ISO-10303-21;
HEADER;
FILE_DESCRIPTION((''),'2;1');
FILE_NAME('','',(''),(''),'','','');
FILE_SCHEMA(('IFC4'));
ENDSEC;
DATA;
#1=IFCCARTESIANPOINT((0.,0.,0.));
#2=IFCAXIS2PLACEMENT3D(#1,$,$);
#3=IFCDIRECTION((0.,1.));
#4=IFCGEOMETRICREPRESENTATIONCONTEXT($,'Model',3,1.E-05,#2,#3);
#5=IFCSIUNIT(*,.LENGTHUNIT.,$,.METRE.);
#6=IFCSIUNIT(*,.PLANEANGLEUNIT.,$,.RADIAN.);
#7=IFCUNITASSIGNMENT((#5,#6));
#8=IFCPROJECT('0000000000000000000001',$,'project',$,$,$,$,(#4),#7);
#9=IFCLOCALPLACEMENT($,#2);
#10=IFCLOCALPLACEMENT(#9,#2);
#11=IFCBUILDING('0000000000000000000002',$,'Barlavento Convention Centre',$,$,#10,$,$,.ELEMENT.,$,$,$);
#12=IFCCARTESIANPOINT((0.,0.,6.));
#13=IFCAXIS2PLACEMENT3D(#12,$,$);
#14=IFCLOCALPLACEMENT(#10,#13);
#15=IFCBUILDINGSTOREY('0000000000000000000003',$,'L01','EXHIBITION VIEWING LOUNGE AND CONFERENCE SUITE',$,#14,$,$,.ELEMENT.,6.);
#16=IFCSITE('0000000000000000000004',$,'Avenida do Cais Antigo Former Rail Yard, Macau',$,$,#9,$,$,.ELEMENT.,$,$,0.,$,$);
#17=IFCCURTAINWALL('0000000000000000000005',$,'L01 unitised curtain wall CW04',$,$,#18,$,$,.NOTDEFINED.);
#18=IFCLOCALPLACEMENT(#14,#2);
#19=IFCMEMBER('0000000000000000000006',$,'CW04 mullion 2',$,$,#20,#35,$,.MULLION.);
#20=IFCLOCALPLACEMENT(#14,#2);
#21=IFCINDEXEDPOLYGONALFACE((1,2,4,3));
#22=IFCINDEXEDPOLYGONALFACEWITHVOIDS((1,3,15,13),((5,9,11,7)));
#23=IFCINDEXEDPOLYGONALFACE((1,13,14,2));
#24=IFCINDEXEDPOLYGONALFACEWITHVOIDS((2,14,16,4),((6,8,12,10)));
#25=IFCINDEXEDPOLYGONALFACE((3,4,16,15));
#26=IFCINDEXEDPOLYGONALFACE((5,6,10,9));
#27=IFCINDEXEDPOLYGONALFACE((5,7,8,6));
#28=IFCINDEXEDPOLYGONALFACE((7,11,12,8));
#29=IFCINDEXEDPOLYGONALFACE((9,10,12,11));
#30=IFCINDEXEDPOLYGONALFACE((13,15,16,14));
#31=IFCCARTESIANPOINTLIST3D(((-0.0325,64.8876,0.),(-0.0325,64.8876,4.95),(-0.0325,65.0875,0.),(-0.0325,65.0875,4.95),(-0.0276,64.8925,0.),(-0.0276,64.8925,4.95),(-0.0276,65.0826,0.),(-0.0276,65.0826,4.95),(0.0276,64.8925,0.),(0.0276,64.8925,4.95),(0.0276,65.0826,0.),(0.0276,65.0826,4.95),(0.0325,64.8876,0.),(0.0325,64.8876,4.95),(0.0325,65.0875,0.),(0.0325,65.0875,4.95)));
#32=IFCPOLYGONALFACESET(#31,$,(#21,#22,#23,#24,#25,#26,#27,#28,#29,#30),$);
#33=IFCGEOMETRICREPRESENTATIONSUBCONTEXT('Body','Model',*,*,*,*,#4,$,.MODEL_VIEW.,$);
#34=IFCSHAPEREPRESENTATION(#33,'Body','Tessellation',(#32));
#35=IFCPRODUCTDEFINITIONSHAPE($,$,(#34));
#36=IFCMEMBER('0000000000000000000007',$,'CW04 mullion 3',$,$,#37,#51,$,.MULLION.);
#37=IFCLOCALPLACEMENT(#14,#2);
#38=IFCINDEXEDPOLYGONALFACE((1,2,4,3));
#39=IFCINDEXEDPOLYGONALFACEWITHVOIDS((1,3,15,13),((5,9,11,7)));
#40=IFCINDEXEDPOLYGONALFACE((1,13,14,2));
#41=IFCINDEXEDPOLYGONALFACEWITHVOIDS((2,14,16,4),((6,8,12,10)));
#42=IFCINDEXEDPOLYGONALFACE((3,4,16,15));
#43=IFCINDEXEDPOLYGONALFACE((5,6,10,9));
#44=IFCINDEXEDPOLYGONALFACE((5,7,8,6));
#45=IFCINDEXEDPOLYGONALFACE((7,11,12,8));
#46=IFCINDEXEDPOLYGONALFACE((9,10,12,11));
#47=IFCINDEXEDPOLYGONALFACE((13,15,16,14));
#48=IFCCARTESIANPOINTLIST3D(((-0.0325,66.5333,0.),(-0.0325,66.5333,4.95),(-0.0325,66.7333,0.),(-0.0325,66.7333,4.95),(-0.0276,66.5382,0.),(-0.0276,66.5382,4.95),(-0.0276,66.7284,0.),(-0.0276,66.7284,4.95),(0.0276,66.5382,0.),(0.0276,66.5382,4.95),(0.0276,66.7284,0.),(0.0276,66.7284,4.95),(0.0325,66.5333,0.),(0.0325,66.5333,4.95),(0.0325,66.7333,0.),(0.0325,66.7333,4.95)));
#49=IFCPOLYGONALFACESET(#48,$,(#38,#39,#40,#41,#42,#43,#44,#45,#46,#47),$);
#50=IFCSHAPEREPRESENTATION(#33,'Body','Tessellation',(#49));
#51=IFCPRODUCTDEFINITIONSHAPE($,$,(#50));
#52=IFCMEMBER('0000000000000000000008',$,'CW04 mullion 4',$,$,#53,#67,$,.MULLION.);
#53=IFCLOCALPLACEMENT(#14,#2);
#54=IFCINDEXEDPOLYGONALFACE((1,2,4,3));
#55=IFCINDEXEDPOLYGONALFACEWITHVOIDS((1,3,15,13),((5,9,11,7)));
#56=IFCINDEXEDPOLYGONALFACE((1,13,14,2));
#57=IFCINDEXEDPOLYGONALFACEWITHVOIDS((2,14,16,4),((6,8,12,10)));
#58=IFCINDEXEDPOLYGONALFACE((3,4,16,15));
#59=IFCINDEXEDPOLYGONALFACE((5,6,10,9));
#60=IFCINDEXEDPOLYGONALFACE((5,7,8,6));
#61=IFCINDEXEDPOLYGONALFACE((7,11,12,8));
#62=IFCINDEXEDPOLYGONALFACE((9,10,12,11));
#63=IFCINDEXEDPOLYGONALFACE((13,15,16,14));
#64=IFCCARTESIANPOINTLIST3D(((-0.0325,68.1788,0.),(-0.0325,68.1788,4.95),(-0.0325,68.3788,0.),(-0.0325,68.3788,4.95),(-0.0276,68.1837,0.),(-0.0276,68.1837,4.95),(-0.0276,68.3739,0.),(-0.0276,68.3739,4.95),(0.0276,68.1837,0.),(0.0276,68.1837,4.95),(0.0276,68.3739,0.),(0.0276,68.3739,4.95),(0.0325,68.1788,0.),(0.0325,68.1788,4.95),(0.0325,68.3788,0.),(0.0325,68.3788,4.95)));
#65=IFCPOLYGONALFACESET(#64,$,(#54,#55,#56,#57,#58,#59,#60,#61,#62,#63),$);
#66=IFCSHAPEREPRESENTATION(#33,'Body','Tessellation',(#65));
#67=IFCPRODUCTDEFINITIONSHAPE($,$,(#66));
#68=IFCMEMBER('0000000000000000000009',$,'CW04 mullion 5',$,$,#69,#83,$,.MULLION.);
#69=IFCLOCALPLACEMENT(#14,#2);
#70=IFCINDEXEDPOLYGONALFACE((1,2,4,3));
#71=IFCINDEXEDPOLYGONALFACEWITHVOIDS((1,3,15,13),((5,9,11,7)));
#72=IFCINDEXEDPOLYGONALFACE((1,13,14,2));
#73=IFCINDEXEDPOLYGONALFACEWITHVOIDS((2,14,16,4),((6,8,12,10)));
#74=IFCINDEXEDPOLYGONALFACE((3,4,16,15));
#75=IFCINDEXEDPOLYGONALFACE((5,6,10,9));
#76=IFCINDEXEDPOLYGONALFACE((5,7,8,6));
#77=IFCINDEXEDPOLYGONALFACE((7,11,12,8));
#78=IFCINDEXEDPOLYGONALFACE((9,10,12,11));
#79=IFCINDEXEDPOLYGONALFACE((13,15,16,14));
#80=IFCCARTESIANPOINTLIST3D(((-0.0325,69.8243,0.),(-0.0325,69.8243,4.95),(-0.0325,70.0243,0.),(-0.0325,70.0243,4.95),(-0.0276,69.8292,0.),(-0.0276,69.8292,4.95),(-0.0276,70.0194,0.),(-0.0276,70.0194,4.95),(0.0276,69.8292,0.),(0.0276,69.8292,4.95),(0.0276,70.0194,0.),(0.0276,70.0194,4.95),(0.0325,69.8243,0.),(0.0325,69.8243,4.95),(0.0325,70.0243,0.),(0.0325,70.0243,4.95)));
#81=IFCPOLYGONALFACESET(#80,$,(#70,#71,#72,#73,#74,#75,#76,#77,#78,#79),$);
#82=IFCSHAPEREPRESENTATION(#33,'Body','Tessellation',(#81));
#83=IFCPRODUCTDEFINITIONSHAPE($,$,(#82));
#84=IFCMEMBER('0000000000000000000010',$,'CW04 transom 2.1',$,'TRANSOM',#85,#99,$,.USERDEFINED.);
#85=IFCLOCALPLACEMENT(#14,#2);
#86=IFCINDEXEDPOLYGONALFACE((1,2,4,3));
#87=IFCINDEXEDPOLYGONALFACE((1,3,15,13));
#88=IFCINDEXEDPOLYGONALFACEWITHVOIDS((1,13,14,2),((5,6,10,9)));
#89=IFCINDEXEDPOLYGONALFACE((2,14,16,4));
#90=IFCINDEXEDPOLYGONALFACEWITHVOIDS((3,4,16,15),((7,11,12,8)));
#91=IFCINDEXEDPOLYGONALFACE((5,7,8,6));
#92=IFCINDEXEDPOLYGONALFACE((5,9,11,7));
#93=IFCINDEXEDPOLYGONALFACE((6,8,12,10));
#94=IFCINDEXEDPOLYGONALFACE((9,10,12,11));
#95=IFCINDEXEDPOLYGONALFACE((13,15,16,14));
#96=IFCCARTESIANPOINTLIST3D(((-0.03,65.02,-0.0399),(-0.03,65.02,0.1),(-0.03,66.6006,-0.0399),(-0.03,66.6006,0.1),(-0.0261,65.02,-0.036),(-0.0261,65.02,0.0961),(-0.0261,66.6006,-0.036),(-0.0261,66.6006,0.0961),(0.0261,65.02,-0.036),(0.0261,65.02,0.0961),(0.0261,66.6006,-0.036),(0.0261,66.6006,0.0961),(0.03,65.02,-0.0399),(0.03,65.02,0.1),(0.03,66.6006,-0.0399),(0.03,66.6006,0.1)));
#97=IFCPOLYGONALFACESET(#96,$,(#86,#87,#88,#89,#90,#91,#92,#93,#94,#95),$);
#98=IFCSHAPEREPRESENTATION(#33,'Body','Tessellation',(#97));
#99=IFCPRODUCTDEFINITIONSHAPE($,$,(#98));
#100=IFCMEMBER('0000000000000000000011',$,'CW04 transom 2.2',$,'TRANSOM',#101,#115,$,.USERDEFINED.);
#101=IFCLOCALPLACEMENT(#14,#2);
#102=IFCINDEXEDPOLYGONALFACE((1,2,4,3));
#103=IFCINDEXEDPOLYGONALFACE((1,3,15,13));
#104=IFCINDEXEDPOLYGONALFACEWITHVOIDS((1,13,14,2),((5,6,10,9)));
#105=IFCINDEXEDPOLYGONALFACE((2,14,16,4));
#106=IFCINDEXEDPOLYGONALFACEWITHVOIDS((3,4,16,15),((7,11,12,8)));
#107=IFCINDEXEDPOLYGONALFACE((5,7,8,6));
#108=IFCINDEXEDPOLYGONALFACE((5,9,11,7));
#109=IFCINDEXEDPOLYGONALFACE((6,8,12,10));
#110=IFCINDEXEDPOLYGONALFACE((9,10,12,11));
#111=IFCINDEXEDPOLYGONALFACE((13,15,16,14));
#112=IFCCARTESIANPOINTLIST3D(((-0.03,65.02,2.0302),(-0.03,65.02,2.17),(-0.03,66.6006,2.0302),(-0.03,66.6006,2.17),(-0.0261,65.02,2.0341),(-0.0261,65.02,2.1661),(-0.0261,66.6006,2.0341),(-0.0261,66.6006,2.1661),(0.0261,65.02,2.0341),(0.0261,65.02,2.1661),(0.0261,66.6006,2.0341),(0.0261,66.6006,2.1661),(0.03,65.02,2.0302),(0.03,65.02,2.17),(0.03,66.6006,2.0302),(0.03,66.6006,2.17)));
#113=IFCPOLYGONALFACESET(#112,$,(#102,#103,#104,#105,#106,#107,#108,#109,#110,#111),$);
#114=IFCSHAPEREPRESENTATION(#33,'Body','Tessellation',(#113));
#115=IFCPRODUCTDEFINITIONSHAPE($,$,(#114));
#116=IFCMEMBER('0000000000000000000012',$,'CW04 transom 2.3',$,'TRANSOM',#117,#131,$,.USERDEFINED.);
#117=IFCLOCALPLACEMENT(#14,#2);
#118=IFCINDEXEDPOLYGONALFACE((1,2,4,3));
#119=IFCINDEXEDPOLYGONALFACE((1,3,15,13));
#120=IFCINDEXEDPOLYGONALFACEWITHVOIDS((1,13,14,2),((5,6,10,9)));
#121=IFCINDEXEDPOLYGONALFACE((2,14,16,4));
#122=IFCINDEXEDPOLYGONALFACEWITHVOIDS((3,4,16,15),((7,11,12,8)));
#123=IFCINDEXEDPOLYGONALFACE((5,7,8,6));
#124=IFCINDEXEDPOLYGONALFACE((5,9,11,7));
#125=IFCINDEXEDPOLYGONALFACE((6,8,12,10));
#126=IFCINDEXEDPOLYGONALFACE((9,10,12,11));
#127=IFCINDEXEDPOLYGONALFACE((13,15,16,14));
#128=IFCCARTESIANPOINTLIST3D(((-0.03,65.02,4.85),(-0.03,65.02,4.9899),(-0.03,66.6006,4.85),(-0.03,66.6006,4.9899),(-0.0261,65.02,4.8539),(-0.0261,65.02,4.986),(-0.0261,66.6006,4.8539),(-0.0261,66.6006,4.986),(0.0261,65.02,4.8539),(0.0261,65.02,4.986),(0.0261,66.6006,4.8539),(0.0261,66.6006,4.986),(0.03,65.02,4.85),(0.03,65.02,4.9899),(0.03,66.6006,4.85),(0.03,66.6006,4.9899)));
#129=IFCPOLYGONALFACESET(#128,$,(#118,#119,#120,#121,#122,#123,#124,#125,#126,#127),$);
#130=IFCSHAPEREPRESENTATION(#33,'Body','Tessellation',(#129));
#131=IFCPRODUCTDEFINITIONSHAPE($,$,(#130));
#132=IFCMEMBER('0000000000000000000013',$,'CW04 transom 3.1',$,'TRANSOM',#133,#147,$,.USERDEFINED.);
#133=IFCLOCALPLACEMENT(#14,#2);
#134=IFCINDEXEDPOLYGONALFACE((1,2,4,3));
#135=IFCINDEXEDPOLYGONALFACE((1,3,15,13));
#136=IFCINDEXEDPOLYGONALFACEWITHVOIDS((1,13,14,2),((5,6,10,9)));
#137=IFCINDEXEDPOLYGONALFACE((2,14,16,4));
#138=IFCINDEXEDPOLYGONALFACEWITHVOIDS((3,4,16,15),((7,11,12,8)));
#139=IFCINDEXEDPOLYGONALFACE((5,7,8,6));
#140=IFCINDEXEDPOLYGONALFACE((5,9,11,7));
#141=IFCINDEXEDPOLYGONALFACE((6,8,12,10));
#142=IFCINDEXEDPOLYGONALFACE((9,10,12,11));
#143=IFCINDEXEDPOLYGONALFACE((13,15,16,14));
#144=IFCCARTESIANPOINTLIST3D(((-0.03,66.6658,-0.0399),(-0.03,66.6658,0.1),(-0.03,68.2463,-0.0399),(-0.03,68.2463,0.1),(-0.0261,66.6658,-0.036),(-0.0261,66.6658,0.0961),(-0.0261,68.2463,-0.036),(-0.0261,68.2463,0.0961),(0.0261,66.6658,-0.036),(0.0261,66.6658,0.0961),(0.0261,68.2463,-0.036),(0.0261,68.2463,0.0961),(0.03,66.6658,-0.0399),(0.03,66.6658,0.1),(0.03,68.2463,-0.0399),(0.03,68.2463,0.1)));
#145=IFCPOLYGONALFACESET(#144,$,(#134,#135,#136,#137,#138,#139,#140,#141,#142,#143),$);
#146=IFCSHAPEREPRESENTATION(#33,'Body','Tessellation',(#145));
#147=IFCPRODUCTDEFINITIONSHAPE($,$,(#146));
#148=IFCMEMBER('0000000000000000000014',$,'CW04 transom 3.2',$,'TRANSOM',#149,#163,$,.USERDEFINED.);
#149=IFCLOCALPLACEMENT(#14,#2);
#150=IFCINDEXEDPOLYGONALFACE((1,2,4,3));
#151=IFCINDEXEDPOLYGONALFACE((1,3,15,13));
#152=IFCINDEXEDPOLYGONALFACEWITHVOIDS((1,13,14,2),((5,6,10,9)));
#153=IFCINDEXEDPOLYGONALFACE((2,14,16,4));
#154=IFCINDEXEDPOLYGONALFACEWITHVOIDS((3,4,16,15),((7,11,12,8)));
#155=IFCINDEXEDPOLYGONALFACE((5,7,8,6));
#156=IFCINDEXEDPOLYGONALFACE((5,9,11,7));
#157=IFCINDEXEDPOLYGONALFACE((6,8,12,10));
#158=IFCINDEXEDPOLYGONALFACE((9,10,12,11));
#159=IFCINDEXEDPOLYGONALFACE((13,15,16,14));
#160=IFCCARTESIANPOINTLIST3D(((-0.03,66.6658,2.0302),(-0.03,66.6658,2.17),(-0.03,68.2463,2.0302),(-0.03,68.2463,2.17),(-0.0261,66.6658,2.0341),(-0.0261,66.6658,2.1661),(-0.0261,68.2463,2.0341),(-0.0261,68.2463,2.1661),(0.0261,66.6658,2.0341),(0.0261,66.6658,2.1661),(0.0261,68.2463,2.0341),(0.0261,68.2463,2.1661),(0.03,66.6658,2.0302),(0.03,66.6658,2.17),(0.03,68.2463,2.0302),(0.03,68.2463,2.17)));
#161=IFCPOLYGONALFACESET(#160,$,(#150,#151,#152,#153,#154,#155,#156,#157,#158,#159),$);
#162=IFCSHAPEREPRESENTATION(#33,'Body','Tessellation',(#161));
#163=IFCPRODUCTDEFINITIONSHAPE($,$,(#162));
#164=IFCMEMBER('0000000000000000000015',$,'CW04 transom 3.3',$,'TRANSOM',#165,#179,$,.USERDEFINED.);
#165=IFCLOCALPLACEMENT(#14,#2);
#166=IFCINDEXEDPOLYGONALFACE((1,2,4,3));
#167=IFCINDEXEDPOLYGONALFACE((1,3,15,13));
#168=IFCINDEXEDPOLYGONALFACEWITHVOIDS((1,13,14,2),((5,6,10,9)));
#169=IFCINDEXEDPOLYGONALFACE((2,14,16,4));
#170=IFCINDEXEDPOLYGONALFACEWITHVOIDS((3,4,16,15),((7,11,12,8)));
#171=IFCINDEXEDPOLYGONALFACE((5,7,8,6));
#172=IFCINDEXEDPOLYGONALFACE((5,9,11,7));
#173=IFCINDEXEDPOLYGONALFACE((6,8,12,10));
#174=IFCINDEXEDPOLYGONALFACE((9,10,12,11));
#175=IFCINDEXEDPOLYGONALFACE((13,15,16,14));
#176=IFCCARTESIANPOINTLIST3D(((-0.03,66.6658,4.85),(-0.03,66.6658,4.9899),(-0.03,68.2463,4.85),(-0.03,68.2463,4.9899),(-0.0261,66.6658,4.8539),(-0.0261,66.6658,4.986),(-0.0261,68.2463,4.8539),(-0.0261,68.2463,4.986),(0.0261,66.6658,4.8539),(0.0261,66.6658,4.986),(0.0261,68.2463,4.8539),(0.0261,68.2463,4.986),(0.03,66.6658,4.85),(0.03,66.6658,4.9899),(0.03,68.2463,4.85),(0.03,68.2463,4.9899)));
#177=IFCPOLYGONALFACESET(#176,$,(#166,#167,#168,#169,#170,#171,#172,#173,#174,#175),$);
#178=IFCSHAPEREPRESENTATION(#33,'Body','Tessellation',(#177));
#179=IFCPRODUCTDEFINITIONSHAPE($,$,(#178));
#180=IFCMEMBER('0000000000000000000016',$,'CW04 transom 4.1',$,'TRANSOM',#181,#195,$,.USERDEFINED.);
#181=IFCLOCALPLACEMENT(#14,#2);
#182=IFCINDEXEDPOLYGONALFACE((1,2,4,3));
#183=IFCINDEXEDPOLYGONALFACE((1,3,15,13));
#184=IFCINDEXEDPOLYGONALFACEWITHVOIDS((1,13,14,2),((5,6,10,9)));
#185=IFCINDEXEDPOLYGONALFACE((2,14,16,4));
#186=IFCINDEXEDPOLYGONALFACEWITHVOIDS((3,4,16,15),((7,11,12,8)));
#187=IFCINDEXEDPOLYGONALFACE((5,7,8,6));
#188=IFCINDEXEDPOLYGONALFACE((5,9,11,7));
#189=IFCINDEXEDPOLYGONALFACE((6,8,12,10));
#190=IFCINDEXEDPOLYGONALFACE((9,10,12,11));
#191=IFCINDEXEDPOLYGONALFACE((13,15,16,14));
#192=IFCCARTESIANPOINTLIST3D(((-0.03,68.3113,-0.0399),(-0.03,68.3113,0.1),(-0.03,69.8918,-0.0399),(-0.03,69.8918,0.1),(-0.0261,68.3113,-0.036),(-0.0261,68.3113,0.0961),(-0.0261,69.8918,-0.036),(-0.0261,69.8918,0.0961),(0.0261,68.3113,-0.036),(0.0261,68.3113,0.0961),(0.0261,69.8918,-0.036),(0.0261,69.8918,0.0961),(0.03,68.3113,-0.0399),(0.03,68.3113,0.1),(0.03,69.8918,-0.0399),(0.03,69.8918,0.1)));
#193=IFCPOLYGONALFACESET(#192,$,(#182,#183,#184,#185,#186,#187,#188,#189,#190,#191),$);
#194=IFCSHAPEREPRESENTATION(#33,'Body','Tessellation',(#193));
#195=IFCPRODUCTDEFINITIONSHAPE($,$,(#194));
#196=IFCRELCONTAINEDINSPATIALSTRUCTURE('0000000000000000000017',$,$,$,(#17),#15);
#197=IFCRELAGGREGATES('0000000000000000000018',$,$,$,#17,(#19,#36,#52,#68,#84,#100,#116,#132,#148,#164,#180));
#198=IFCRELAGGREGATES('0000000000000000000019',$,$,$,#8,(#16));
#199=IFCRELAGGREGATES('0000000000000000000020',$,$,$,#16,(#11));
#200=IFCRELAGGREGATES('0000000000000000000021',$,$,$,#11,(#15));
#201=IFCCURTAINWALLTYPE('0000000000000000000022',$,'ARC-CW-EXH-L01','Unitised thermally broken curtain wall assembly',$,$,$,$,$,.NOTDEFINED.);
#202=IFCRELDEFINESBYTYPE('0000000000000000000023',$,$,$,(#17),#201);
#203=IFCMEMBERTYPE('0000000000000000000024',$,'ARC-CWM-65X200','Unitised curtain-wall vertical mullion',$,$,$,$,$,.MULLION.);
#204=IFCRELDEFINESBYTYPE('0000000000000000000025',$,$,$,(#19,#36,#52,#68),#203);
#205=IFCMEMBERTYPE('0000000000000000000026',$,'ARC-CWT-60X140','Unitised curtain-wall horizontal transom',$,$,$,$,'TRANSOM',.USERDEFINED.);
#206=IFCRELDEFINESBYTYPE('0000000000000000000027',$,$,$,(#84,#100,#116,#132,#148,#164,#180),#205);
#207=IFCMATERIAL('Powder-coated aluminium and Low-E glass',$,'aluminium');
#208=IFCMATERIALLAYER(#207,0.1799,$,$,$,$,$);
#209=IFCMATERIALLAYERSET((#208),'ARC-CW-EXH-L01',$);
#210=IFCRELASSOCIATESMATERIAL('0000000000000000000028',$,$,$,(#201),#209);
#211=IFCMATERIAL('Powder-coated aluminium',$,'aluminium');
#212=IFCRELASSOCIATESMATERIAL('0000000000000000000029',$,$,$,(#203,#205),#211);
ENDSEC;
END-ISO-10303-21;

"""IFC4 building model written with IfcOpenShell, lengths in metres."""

from ifc_helpers import new_model, si_unit, direction, frame, origin, origin_2d, place, context, subcontext, project, spatial, hollow_rectangle, extrude, material, layer, layer_set, material_profile, profile_set, type_object, element, aggregate, save


model = new_model("IFC4")

# Units and contexts
model_context = context("Model", 3, precision=1e-05, world=origin(), true_north=direction((0.0, 1.0)))
body_context = subcontext(model_context, "Body", "Model", "MODEL_VIEW")
ifc_project = project(units=[si_unit("LENGTHUNIT", "METRE"), si_unit("PLANEANGLEUNIT", "RADIAN")], contexts=[model_context])

# Site, building, storey
site_placement = place(None, origin())
site = spatial("IfcSite", under=ifc_project, at=site_placement, Name="Avenida do Cais Antigo Former Rail Yard, Macau", CompositionType="ELEMENT", RefElevation=0.0)
building_placement = place(site_placement, origin())
building = spatial("IfcBuilding", under=site, at=building_placement, Name="Barlavento Convention Centre", CompositionType="ELEMENT")
storey_placement = place(building_placement, frame((0.0, 0.0, 6.0)))
storey = spatial("IfcBuildingStorey", under=building, at=storey_placement, Name="L01", Description="EXHIBITION VIEWING LOUNGE AND CONFERENCE SUITE", CompositionType="ELEMENT", Elevation=6.0)

# Curtain wall, members
ifc_material_1 = material(Name="Powder-coated aluminium and Low-E glass", Category="aluminium")
ifc_layer_1 = layer(ifc_material_1, 0.1799)
ifc_layer_set_1 = layer_set([ifc_layer_1], Name="ARC-CW-EXH-L01")
curtain_wall_type = type_object("IfcCurtainWallType", Name="ARC-CW-EXH-L01", Description="Unitised thermally broken curtain wall assembly", PredefinedType="NOTDEFINED", material=ifc_layer_set_1)
curtain_wall_placement = place(storey_placement, origin())
curtain_wall = element("IfcCurtainWall", 1, at=curtain_wall_placement, inside=storey, type_object=curtain_wall_type, Name="L01 unitised curtain wall CW04", PredefinedType="NOTDEFINED")
ifc_material_2 = material(Name="Powder-coated aluminium", Category="aluminium")
ifc_material_profile_1 = material_profile(ifc_material_2, hollow_rectangle(XDim=0.0649, YDim=0.2, WallThickness=0.0049, at=origin_2d()), Name="AL-MULL 65x200x5")
ifc_profile_set_1 = profile_set([ifc_material_profile_1], Name="Powder-coated aluminium")
member_type_1 = type_object("IfcMemberType", Name="ARC-CWM-65X200", Description="Unitised curtain-wall vertical mullion", PredefinedType="MULLION", material=ifc_profile_set_1)
member_1_placement = place(storey_placement, frame((0.0, 64.9875, 0.0), z_axis=(0.0, 0.0, 1.0), x_axis=(-1.0, 0.0, 0.0)))
member_1 = element("IfcMember", 2, at=member_1_placement, type_object=member_type_1, Name="CW04 mullion 2", PredefinedType="MULLION", context=body_context, shape_type="SweptSolid", body=[
    extrude(hollow_rectangle(XDim=0.0649, YDim=0.2, WallThickness=0.0049, at=origin_2d()), origin(), (0.0, 0.0, 1.0), 4.95),
])
member_2_placement = place(storey_placement, frame((0.0, 66.6333, 0.0), z_axis=(0.0, 0.0, 1.0), x_axis=(-1.0, 0.0, 0.0)))
member_2 = element("IfcMember", 3, at=member_2_placement, type_object=member_type_1, Name="CW04 mullion 3", PredefinedType="MULLION", context=body_context, shape_type="SweptSolid", body=[
    extrude(hollow_rectangle(XDim=0.0649, YDim=0.2, WallThickness=0.0049, at=origin_2d()), origin(), (0.0, 0.0, 1.0), 4.95),
])
member_3_placement = place(storey_placement, frame((0.0, 68.2788, 0.0), z_axis=(0.0, 0.0, 1.0), x_axis=(-1.0, 0.0, 0.0)))
member_3 = element("IfcMember", 4, at=member_3_placement, type_object=member_type_1, Name="CW04 mullion 4", PredefinedType="MULLION", context=body_context, shape_type="SweptSolid", body=[
    extrude(hollow_rectangle(XDim=0.0649, YDim=0.2, WallThickness=0.0049, at=origin_2d()), origin(), (0.0, 0.0, 1.0), 4.95),
])
member_4_placement = place(storey_placement, frame((0.0, 69.9243, 0.0), z_axis=(0.0, 0.0, 1.0), x_axis=(-1.0, 0.0, 0.0)))
member_4 = element("IfcMember", 5, at=member_4_placement, type_object=member_type_1, Name="CW04 mullion 5", PredefinedType="MULLION", context=body_context, shape_type="SweptSolid", body=[
    extrude(hollow_rectangle(XDim=0.0649, YDim=0.2, WallThickness=0.0049, at=origin_2d()), origin(), (0.0, 0.0, 1.0), 4.95),
])
ifc_material_profile_2 = material_profile(ifc_material_2, hollow_rectangle(XDim=0.0601, YDim=0.1399, WallThickness=0.0039, at=origin_2d()), Name="AL-TRAN 60x140x4")
ifc_profile_set_2 = profile_set([ifc_material_profile_2], Name="Powder-coated aluminium")
member_type_2 = type_object("IfcMemberType", Name="ARC-CWT-60X140", Description="Unitised curtain-wall horizontal transom", ElementType="TRANSOM", PredefinedType="USERDEFINED", material=ifc_profile_set_2)
member_5_placement = place(storey_placement, frame((0.0, 65.02, 0.03), z_axis=(0.0, 1.0, 0.0), x_axis=(-1.0, 0.0, 0.0)))
member_5 = element("IfcMember", 6, at=member_5_placement, type_object=member_type_2, Name="CW04 transom 2.1", ObjectType="TRANSOM", PredefinedType="USERDEFINED", context=body_context, shape_type="SweptSolid", body=[
    extrude(hollow_rectangle(XDim=0.0601, YDim=0.1399, WallThickness=0.0039, at=origin_2d()), origin(), (0.0, 0.0, 1.0), 1.5806),
])
member_6_placement = place(storey_placement, frame((0.0, 65.02, 2.1001), z_axis=(0.0, 1.0, 0.0), x_axis=(-1.0, 0.0, 0.0)))
member_6 = element("IfcMember", 7, at=member_6_placement, type_object=member_type_2, Name="CW04 transom 2.2", ObjectType="TRANSOM", PredefinedType="USERDEFINED", context=body_context, shape_type="SweptSolid", body=[
    extrude(hollow_rectangle(XDim=0.0601, YDim=0.1399, WallThickness=0.0039, at=origin_2d()), origin(), (0.0, 0.0, 1.0), 1.5806),
])
member_7_placement = place(storey_placement, frame((0.0, 65.02, 4.9199), z_axis=(0.0, 1.0, 0.0), x_axis=(-1.0, 0.0, 0.0)))
member_7 = element("IfcMember", 8, at=member_7_placement, type_object=member_type_2, Name="CW04 transom 2.3", ObjectType="TRANSOM", PredefinedType="USERDEFINED", context=body_context, shape_type="SweptSolid", body=[
    extrude(hollow_rectangle(XDim=0.0601, YDim=0.1399, WallThickness=0.0039, at=origin_2d()), origin(), (0.0, 0.0, 1.0), 1.5806),
])
member_8_placement = place(storey_placement, frame((0.0, 66.6658, 0.03), z_axis=(0.0, 1.0, 0.0), x_axis=(-1.0, 0.0, 0.0)))
member_8 = element("IfcMember", 9, at=member_8_placement, type_object=member_type_2, Name="CW04 transom 3.1", ObjectType="TRANSOM", PredefinedType="USERDEFINED", context=body_context, shape_type="SweptSolid", body=[
    extrude(hollow_rectangle(XDim=0.0601, YDim=0.1399, WallThickness=0.0039, at=origin_2d()), origin(), (0.0, 0.0, 1.0), 1.5806),
])
member_9_placement = place(storey_placement, frame((0.0, 66.6658, 2.1001), z_axis=(0.0, 1.0, 0.0), x_axis=(-1.0, 0.0, 0.0)))
member_9 = element("IfcMember", 10, at=member_9_placement, type_object=member_type_2, Name="CW04 transom 3.2", ObjectType="TRANSOM", PredefinedType="USERDEFINED", context=body_context, shape_type="SweptSolid", body=[
    extrude(hollow_rectangle(XDim=0.0601, YDim=0.1399, WallThickness=0.0039, at=origin_2d()), origin(), (0.0, 0.0, 1.0), 1.5806),
])
member_10_placement = place(storey_placement, frame((0.0, 66.6658, 4.9199), z_axis=(0.0, 1.0, 0.0), x_axis=(-1.0, 0.0, 0.0)))
member_10 = element("IfcMember", 11, at=member_10_placement, type_object=member_type_2, Name="CW04 transom 3.3", ObjectType="TRANSOM", PredefinedType="USERDEFINED", context=body_context, shape_type="SweptSolid", body=[
    extrude(hollow_rectangle(XDim=0.0601, YDim=0.1399, WallThickness=0.0039, at=origin_2d()), origin(), (0.0, 0.0, 1.0), 1.5806),
])
member_11_placement = place(storey_placement, frame((0.0, 68.3113, 0.03), z_axis=(0.0, 1.0, 0.0), x_axis=(-1.0, 0.0, 0.0)))
member_11 = element("IfcMember", 12, at=member_11_placement, type_object=member_type_2, Name="CW04 transom 4.1", ObjectType="TRANSOM", PredefinedType="USERDEFINED", context=body_context, shape_type="SweptSolid", body=[
    extrude(hollow_rectangle(XDim=0.0601, YDim=0.1399, WallThickness=0.0039, at=origin_2d()), origin(), (0.0, 0.0, 1.0), 1.5806),
])
aggregate(curtain_wall, [member_1, member_2, member_3, member_4, member_5, member_6, member_7, member_8, member_9, member_10, member_11])

save(model, "model.ifc")
